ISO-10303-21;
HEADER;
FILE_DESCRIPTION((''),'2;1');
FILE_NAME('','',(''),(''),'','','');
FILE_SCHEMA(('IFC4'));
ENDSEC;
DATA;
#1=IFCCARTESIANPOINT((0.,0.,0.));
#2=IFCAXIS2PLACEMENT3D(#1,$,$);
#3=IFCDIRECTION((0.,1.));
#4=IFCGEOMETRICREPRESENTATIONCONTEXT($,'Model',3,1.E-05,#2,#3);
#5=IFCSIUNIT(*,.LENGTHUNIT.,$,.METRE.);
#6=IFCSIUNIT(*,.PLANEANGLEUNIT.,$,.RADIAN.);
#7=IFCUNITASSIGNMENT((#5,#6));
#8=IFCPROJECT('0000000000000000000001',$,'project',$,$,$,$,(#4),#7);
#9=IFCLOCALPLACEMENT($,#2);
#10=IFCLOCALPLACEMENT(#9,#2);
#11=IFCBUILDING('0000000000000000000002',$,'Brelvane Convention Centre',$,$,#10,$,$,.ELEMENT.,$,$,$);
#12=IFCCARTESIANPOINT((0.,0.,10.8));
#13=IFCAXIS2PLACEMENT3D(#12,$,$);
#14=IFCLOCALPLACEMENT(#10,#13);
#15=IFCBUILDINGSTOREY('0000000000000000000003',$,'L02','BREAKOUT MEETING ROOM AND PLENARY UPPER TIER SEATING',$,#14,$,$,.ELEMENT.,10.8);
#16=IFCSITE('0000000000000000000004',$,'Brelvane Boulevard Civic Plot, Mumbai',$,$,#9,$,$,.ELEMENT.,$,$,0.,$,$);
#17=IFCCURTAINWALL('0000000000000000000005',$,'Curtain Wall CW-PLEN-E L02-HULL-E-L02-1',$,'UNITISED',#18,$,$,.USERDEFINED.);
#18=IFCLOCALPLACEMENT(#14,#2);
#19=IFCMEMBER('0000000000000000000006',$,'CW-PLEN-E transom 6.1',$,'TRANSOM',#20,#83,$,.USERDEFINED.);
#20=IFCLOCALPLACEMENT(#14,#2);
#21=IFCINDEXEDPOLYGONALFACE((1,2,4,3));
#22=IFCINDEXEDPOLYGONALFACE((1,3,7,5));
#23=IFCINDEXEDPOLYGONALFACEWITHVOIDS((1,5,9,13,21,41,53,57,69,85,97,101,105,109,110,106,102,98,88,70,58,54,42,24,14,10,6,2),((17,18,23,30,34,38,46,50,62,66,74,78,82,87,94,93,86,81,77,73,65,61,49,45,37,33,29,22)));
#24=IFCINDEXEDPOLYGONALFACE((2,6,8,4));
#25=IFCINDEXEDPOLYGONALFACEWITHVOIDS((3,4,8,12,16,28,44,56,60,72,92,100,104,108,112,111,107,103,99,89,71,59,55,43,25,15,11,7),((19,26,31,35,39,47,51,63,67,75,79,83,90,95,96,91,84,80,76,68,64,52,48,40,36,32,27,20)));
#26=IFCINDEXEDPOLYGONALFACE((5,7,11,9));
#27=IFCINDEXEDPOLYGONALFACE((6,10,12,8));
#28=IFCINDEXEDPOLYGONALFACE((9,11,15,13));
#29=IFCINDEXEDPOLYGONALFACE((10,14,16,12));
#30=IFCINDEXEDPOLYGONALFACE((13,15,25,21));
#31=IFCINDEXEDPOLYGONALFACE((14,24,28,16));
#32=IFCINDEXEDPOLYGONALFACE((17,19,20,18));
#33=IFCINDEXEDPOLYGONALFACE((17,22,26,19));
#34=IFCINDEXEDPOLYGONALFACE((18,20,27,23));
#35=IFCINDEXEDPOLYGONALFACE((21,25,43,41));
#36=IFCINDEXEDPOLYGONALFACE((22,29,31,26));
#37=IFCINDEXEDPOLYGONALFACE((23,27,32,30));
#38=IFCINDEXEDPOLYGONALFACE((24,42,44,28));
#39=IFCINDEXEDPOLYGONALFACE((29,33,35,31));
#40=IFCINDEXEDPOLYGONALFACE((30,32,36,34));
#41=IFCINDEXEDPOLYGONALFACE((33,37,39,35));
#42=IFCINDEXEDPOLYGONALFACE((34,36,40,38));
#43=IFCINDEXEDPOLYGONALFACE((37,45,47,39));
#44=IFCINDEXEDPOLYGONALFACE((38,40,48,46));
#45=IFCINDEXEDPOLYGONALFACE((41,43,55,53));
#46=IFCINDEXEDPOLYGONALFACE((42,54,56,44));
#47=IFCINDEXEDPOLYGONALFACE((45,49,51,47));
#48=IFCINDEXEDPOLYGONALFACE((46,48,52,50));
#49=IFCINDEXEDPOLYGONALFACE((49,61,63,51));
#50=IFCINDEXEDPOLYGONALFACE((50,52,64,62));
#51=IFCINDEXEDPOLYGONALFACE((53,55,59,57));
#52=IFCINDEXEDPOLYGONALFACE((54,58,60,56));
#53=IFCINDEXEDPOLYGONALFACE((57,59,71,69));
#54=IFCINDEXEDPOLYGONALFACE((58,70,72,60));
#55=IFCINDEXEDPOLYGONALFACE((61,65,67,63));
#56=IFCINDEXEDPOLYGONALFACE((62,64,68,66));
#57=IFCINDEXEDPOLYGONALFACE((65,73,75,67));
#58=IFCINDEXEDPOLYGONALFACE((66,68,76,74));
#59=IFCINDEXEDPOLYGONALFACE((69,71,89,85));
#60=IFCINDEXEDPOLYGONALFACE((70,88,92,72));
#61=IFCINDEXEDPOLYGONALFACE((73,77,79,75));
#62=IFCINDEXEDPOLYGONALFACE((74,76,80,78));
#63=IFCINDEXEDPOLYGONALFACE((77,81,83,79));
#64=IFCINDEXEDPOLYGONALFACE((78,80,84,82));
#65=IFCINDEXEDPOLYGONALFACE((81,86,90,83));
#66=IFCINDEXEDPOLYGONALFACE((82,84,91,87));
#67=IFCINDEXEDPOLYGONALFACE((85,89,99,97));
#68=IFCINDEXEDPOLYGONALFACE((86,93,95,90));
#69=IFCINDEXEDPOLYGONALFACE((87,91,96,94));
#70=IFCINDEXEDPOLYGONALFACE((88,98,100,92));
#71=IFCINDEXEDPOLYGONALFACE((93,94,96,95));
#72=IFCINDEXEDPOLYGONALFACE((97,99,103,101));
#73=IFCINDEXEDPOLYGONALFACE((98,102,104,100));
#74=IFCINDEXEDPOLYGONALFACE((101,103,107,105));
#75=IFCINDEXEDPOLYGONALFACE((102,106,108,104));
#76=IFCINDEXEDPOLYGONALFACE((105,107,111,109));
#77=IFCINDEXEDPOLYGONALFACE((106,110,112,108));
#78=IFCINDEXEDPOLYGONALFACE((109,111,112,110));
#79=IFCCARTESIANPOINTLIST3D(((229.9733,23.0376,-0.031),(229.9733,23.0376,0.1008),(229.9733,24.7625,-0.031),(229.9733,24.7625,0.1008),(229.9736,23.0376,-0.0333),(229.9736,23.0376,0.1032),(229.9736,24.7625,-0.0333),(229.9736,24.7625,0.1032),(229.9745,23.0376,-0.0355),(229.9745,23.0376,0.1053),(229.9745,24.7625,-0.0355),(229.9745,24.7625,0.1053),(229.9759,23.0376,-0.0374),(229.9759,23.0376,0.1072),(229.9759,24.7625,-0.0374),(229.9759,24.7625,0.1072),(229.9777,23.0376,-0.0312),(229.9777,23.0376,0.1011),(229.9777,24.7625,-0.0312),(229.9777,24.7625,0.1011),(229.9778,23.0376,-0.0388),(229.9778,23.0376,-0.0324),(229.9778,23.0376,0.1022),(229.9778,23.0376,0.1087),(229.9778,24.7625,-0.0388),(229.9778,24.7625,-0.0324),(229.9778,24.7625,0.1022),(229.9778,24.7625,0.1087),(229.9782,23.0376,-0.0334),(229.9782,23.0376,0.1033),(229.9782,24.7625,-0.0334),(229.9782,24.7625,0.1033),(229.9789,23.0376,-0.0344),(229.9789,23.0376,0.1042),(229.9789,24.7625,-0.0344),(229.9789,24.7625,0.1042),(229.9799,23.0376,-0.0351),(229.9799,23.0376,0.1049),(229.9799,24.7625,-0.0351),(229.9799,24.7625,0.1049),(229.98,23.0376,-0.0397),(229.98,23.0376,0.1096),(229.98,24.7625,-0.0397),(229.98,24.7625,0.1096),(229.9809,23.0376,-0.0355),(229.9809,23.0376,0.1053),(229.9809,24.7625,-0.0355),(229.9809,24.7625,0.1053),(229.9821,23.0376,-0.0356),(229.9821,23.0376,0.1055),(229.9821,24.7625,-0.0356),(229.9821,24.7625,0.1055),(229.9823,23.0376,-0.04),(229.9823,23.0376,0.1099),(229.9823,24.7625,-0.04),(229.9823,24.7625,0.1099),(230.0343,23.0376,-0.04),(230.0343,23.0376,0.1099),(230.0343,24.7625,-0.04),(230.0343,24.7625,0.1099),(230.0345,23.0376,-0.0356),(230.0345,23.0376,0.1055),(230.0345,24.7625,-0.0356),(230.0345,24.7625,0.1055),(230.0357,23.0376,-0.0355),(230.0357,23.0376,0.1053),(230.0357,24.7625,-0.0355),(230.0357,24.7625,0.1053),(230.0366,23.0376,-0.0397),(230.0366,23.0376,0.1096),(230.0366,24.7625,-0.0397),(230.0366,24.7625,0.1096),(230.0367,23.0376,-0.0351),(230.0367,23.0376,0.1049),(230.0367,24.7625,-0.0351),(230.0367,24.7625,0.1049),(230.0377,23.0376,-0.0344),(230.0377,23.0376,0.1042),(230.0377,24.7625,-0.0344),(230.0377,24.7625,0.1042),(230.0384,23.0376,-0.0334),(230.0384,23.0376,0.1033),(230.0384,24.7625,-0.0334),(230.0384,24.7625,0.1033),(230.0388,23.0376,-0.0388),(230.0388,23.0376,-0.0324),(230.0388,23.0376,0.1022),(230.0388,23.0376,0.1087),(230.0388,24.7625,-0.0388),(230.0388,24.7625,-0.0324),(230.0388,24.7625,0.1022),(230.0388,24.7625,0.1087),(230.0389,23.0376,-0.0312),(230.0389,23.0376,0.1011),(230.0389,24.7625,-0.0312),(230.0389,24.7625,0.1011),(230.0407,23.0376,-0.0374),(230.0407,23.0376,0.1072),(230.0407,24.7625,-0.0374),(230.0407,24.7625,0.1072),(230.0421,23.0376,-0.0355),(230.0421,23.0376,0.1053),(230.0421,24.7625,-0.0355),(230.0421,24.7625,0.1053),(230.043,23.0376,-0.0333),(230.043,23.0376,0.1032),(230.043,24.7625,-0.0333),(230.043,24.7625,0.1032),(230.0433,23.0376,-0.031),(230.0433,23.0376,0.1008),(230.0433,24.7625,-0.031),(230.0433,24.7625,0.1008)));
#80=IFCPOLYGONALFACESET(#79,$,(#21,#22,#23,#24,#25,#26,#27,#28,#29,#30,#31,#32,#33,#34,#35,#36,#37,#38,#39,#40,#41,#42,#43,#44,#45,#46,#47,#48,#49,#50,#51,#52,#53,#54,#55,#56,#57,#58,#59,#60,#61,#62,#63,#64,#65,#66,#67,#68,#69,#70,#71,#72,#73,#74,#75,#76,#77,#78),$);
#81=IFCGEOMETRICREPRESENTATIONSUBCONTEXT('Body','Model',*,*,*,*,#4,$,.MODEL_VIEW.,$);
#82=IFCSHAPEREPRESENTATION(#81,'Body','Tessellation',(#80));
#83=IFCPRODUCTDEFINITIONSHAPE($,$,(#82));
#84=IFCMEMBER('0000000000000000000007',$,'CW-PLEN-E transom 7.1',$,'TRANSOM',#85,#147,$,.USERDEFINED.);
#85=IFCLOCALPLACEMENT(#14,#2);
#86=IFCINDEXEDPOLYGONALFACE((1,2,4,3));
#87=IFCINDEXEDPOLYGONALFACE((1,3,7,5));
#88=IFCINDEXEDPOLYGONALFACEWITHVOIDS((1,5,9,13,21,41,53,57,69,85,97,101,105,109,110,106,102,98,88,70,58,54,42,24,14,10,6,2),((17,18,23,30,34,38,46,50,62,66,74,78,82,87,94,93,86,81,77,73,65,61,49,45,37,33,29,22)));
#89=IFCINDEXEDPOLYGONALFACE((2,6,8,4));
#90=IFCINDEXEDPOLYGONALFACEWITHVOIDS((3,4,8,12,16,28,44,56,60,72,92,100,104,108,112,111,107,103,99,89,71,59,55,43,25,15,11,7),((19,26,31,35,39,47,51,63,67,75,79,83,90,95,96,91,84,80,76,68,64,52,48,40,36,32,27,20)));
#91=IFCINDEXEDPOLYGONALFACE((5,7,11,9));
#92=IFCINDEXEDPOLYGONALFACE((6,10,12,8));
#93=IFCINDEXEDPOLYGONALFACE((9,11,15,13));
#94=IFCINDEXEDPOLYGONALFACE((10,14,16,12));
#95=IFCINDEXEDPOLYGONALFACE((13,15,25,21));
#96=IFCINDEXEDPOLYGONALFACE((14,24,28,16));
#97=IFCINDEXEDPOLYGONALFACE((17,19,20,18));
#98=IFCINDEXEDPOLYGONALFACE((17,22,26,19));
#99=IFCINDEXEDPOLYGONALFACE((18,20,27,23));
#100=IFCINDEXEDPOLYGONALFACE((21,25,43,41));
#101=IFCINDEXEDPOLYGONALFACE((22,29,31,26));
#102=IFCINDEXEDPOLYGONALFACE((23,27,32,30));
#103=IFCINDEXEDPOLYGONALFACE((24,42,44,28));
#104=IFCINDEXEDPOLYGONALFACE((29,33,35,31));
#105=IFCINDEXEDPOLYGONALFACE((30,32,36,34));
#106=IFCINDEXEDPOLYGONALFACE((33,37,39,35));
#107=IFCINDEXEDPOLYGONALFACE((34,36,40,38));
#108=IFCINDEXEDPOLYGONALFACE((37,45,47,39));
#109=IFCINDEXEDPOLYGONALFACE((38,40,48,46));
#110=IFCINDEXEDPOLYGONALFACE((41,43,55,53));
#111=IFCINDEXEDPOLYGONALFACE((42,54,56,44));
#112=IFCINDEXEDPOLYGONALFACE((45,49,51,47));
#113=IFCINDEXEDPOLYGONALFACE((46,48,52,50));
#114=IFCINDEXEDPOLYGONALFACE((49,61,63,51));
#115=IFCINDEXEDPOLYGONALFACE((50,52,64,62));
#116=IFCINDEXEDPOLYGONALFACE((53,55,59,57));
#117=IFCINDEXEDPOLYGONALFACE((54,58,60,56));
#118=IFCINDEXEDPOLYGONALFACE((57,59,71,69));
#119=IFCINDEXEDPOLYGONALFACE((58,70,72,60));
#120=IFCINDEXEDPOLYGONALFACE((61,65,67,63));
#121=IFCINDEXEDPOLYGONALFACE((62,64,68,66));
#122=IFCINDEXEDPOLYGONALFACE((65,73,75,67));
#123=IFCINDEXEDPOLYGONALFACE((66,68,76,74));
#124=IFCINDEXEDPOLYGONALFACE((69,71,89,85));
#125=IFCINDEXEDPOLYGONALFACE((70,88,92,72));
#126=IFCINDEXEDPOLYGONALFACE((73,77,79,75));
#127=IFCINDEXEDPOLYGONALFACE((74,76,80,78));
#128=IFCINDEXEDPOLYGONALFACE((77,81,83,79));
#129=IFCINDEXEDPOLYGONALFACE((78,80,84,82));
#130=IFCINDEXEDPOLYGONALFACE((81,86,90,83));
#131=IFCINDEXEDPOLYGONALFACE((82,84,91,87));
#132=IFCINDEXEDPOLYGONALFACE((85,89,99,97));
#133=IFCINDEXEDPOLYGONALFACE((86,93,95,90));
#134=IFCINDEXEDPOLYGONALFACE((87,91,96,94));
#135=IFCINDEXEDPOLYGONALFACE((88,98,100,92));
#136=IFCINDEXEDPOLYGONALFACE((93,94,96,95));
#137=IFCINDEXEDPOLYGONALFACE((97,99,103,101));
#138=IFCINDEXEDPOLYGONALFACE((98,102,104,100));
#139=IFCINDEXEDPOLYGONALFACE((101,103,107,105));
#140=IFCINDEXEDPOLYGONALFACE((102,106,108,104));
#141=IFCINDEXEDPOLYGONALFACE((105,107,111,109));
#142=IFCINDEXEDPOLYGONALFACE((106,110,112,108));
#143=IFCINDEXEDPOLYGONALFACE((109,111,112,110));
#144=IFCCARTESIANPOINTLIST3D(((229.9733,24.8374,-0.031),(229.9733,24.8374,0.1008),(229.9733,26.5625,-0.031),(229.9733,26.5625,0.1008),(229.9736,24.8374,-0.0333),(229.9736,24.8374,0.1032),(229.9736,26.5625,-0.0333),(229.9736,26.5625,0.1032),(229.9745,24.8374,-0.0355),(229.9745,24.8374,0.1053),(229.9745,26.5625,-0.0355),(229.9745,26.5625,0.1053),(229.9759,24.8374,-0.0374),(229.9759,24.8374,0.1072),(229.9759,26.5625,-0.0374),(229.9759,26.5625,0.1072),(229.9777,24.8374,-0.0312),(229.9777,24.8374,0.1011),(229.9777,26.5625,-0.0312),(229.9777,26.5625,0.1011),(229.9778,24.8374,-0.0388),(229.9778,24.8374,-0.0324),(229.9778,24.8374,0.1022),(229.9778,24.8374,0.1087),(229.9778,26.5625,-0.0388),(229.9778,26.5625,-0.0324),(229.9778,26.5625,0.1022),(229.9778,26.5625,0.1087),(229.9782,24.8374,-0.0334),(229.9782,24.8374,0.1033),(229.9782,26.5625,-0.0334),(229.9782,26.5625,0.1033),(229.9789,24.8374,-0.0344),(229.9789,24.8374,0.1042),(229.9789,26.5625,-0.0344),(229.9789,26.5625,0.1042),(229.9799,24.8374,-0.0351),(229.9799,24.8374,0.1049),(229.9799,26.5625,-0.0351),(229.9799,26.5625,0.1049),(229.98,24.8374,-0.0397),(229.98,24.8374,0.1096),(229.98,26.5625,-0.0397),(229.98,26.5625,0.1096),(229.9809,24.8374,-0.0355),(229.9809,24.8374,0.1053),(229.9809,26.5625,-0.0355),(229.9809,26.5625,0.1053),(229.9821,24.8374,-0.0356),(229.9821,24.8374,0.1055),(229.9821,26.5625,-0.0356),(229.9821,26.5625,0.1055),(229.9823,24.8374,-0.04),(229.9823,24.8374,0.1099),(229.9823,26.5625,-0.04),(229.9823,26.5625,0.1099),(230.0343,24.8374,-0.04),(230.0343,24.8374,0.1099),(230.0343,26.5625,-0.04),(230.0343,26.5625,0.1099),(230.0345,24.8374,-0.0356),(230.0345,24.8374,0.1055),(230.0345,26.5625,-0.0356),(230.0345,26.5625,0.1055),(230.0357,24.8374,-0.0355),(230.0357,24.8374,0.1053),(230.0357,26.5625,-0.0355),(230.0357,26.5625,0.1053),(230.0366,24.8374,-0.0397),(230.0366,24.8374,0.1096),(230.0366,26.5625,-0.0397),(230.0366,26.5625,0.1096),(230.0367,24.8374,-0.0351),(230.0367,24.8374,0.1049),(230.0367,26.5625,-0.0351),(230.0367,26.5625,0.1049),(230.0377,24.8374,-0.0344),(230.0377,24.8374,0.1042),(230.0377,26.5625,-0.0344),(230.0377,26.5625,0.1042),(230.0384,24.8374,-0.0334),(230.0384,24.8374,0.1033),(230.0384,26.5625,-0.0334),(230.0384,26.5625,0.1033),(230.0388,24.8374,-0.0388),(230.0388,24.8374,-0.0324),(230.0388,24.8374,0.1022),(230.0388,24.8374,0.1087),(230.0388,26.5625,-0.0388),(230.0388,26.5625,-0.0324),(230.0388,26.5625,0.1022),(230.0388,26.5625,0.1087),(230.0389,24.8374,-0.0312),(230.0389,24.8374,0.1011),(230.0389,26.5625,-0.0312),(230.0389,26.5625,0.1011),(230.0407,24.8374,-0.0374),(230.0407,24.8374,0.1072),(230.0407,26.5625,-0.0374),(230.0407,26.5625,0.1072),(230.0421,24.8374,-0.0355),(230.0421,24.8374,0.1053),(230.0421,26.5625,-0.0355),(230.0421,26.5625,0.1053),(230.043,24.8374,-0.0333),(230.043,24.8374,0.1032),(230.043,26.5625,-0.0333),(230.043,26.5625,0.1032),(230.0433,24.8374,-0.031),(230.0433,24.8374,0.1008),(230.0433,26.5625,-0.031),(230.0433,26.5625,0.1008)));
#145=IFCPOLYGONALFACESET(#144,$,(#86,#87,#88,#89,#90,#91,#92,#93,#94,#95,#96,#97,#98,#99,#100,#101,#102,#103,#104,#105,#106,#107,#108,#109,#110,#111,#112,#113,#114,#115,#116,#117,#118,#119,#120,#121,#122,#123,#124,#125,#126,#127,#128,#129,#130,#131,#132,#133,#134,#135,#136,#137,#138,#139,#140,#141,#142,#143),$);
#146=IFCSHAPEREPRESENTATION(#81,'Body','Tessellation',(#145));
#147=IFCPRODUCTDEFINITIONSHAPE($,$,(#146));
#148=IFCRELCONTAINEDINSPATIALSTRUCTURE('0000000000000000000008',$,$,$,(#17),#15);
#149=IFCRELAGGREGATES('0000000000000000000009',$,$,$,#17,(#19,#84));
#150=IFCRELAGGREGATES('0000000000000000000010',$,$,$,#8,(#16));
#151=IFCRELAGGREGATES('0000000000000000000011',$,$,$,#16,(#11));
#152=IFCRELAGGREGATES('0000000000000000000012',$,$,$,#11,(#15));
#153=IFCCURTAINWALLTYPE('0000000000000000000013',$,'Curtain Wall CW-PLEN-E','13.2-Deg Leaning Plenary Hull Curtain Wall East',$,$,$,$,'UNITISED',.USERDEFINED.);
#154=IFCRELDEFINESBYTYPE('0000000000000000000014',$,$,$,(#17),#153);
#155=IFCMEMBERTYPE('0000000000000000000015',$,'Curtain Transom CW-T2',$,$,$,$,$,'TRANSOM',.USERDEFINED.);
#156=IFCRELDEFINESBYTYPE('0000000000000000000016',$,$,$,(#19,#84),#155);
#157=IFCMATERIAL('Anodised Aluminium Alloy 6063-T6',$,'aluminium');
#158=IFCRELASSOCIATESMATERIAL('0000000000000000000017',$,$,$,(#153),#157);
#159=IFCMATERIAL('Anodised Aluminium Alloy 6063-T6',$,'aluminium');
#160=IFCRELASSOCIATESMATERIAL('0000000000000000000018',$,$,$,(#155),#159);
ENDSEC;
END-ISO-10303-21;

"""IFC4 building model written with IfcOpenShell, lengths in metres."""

from ifc_helpers import new_model, si_unit, direction, frame, origin, origin_2d, place, context, subcontext, project, spatial, hollow_rectangle, extrude, material, material_profile, profile_set, type_object, element, aggregate, save


model = new_model("IFC4")

# Units and contexts
model_context = context("Model", 3, precision=1e-05, world=origin(), true_north=direction((0.0, 1.0)))
body_context = subcontext(model_context, "Body", "Model", "MODEL_VIEW")
ifc_project = project(units=[si_unit("LENGTHUNIT", "METRE"), si_unit("PLANEANGLEUNIT", "RADIAN")], contexts=[model_context])

# Site, building, storey
site_placement = place(None, origin())
site = spatial("IfcSite", under=ifc_project, at=site_placement, Name="Brelvane Boulevard Civic Plot, Mumbai", CompositionType="ELEMENT", RefElevation=0.0)
building_placement = place(site_placement, origin())
building = spatial("IfcBuilding", under=site, at=building_placement, Name="Brelvane Convention Centre", CompositionType="ELEMENT")
storey_placement = place(building_placement, frame((0.0, 0.0, 10.8)))
storey = spatial("IfcBuildingStorey", under=building, at=storey_placement, Name="L02", Description="BREAKOUT MEETING ROOM AND PLENARY UPPER TIER SEATING", CompositionType="ELEMENT", Elevation=10.8)

# Curtain wall, members
ifc_material_1 = material(Name="Anodised Aluminium Alloy 6063-T6", Category="aluminium")
curtain_wall_type = type_object("IfcCurtainWallType", Name="Curtain Wall CW-PLEN-E", Description="13.2-Deg Leaning Plenary Hull Curtain Wall East", ElementType="UNITISED", PredefinedType="USERDEFINED", material=ifc_material_1)
curtain_wall_1_placement = place(storey_placement, origin())
curtain_wall_1 = element("IfcCurtainWall", 1, at=curtain_wall_1_placement, inside=storey, type_object=curtain_wall_type, Name="Curtain Wall CW-PLEN-E L02-HULL-E-L02-1", ObjectType="UNITISED", PredefinedType="USERDEFINED")
ifc_material_2 = material(Name="Anodised Aluminium Alloy 6063-T6", Category="aluminium")
ifc_material_profile_1 = material_profile(ifc_material_2, hollow_rectangle(XDim=0.0701, YDim=0.1499, WallThickness=0.0044, InnerFilletRadius=0.0044, OuterFilletRadius=0.009, at=origin_2d()), Name="ALU-T 150x70x4.5")
ifc_profile_set_1 = profile_set([ifc_material_profile_1], Name="Anodised Aluminium Alloy 6063-T6")
member_type_1 = type_object("IfcMemberType", Name="Curtain Transom CW-T2", ElementType="TRANSOM", PredefinedType="USERDEFINED", material=ifc_profile_set_1)
member_1_placement = place(storey_placement, frame((230.0083, 23.0376, 0.0349), z_axis=(0.0, 1.0, 0.0), x_axis=(-1.0, 0.0, 0.0)))
member_1 = element("IfcMember", 2, at=member_1_placement, type_object=member_type_1, Name="CW-PLEN-E transom 6.1", ObjectType="TRANSOM", PredefinedType="USERDEFINED", context=body_context, shape_type="SweptSolid", body=[
    extrude(hollow_rectangle(XDim=0.0701, YDim=0.1499, WallThickness=0.0044, InnerFilletRadius=0.0044, OuterFilletRadius=0.009, at=origin_2d()), origin(), (0.0, 0.0, 1.0), 1.7249),
])
member_2_placement = place(storey_placement, frame((230.0083, 24.8374, 0.0349), z_axis=(0.0, 1.0, 0.0), x_axis=(-1.0, 0.0, 0.0)))
member_2 = element("IfcMember", 3, at=member_2_placement, type_object=member_type_1, Name="CW-PLEN-E transom 7.1", ObjectType="TRANSOM", PredefinedType="USERDEFINED", context=body_context, shape_type="SweptSolid", body=[
    extrude(hollow_rectangle(XDim=0.0701, YDim=0.1499, WallThickness=0.0044, InnerFilletRadius=0.0044, OuterFilletRadius=0.009, at=origin_2d()), origin(), (0.0, 0.0, 1.0), 1.7251),
])

aggregate(curtain_wall_1, [member_1, member_2])

save(model, "model.ifc")
